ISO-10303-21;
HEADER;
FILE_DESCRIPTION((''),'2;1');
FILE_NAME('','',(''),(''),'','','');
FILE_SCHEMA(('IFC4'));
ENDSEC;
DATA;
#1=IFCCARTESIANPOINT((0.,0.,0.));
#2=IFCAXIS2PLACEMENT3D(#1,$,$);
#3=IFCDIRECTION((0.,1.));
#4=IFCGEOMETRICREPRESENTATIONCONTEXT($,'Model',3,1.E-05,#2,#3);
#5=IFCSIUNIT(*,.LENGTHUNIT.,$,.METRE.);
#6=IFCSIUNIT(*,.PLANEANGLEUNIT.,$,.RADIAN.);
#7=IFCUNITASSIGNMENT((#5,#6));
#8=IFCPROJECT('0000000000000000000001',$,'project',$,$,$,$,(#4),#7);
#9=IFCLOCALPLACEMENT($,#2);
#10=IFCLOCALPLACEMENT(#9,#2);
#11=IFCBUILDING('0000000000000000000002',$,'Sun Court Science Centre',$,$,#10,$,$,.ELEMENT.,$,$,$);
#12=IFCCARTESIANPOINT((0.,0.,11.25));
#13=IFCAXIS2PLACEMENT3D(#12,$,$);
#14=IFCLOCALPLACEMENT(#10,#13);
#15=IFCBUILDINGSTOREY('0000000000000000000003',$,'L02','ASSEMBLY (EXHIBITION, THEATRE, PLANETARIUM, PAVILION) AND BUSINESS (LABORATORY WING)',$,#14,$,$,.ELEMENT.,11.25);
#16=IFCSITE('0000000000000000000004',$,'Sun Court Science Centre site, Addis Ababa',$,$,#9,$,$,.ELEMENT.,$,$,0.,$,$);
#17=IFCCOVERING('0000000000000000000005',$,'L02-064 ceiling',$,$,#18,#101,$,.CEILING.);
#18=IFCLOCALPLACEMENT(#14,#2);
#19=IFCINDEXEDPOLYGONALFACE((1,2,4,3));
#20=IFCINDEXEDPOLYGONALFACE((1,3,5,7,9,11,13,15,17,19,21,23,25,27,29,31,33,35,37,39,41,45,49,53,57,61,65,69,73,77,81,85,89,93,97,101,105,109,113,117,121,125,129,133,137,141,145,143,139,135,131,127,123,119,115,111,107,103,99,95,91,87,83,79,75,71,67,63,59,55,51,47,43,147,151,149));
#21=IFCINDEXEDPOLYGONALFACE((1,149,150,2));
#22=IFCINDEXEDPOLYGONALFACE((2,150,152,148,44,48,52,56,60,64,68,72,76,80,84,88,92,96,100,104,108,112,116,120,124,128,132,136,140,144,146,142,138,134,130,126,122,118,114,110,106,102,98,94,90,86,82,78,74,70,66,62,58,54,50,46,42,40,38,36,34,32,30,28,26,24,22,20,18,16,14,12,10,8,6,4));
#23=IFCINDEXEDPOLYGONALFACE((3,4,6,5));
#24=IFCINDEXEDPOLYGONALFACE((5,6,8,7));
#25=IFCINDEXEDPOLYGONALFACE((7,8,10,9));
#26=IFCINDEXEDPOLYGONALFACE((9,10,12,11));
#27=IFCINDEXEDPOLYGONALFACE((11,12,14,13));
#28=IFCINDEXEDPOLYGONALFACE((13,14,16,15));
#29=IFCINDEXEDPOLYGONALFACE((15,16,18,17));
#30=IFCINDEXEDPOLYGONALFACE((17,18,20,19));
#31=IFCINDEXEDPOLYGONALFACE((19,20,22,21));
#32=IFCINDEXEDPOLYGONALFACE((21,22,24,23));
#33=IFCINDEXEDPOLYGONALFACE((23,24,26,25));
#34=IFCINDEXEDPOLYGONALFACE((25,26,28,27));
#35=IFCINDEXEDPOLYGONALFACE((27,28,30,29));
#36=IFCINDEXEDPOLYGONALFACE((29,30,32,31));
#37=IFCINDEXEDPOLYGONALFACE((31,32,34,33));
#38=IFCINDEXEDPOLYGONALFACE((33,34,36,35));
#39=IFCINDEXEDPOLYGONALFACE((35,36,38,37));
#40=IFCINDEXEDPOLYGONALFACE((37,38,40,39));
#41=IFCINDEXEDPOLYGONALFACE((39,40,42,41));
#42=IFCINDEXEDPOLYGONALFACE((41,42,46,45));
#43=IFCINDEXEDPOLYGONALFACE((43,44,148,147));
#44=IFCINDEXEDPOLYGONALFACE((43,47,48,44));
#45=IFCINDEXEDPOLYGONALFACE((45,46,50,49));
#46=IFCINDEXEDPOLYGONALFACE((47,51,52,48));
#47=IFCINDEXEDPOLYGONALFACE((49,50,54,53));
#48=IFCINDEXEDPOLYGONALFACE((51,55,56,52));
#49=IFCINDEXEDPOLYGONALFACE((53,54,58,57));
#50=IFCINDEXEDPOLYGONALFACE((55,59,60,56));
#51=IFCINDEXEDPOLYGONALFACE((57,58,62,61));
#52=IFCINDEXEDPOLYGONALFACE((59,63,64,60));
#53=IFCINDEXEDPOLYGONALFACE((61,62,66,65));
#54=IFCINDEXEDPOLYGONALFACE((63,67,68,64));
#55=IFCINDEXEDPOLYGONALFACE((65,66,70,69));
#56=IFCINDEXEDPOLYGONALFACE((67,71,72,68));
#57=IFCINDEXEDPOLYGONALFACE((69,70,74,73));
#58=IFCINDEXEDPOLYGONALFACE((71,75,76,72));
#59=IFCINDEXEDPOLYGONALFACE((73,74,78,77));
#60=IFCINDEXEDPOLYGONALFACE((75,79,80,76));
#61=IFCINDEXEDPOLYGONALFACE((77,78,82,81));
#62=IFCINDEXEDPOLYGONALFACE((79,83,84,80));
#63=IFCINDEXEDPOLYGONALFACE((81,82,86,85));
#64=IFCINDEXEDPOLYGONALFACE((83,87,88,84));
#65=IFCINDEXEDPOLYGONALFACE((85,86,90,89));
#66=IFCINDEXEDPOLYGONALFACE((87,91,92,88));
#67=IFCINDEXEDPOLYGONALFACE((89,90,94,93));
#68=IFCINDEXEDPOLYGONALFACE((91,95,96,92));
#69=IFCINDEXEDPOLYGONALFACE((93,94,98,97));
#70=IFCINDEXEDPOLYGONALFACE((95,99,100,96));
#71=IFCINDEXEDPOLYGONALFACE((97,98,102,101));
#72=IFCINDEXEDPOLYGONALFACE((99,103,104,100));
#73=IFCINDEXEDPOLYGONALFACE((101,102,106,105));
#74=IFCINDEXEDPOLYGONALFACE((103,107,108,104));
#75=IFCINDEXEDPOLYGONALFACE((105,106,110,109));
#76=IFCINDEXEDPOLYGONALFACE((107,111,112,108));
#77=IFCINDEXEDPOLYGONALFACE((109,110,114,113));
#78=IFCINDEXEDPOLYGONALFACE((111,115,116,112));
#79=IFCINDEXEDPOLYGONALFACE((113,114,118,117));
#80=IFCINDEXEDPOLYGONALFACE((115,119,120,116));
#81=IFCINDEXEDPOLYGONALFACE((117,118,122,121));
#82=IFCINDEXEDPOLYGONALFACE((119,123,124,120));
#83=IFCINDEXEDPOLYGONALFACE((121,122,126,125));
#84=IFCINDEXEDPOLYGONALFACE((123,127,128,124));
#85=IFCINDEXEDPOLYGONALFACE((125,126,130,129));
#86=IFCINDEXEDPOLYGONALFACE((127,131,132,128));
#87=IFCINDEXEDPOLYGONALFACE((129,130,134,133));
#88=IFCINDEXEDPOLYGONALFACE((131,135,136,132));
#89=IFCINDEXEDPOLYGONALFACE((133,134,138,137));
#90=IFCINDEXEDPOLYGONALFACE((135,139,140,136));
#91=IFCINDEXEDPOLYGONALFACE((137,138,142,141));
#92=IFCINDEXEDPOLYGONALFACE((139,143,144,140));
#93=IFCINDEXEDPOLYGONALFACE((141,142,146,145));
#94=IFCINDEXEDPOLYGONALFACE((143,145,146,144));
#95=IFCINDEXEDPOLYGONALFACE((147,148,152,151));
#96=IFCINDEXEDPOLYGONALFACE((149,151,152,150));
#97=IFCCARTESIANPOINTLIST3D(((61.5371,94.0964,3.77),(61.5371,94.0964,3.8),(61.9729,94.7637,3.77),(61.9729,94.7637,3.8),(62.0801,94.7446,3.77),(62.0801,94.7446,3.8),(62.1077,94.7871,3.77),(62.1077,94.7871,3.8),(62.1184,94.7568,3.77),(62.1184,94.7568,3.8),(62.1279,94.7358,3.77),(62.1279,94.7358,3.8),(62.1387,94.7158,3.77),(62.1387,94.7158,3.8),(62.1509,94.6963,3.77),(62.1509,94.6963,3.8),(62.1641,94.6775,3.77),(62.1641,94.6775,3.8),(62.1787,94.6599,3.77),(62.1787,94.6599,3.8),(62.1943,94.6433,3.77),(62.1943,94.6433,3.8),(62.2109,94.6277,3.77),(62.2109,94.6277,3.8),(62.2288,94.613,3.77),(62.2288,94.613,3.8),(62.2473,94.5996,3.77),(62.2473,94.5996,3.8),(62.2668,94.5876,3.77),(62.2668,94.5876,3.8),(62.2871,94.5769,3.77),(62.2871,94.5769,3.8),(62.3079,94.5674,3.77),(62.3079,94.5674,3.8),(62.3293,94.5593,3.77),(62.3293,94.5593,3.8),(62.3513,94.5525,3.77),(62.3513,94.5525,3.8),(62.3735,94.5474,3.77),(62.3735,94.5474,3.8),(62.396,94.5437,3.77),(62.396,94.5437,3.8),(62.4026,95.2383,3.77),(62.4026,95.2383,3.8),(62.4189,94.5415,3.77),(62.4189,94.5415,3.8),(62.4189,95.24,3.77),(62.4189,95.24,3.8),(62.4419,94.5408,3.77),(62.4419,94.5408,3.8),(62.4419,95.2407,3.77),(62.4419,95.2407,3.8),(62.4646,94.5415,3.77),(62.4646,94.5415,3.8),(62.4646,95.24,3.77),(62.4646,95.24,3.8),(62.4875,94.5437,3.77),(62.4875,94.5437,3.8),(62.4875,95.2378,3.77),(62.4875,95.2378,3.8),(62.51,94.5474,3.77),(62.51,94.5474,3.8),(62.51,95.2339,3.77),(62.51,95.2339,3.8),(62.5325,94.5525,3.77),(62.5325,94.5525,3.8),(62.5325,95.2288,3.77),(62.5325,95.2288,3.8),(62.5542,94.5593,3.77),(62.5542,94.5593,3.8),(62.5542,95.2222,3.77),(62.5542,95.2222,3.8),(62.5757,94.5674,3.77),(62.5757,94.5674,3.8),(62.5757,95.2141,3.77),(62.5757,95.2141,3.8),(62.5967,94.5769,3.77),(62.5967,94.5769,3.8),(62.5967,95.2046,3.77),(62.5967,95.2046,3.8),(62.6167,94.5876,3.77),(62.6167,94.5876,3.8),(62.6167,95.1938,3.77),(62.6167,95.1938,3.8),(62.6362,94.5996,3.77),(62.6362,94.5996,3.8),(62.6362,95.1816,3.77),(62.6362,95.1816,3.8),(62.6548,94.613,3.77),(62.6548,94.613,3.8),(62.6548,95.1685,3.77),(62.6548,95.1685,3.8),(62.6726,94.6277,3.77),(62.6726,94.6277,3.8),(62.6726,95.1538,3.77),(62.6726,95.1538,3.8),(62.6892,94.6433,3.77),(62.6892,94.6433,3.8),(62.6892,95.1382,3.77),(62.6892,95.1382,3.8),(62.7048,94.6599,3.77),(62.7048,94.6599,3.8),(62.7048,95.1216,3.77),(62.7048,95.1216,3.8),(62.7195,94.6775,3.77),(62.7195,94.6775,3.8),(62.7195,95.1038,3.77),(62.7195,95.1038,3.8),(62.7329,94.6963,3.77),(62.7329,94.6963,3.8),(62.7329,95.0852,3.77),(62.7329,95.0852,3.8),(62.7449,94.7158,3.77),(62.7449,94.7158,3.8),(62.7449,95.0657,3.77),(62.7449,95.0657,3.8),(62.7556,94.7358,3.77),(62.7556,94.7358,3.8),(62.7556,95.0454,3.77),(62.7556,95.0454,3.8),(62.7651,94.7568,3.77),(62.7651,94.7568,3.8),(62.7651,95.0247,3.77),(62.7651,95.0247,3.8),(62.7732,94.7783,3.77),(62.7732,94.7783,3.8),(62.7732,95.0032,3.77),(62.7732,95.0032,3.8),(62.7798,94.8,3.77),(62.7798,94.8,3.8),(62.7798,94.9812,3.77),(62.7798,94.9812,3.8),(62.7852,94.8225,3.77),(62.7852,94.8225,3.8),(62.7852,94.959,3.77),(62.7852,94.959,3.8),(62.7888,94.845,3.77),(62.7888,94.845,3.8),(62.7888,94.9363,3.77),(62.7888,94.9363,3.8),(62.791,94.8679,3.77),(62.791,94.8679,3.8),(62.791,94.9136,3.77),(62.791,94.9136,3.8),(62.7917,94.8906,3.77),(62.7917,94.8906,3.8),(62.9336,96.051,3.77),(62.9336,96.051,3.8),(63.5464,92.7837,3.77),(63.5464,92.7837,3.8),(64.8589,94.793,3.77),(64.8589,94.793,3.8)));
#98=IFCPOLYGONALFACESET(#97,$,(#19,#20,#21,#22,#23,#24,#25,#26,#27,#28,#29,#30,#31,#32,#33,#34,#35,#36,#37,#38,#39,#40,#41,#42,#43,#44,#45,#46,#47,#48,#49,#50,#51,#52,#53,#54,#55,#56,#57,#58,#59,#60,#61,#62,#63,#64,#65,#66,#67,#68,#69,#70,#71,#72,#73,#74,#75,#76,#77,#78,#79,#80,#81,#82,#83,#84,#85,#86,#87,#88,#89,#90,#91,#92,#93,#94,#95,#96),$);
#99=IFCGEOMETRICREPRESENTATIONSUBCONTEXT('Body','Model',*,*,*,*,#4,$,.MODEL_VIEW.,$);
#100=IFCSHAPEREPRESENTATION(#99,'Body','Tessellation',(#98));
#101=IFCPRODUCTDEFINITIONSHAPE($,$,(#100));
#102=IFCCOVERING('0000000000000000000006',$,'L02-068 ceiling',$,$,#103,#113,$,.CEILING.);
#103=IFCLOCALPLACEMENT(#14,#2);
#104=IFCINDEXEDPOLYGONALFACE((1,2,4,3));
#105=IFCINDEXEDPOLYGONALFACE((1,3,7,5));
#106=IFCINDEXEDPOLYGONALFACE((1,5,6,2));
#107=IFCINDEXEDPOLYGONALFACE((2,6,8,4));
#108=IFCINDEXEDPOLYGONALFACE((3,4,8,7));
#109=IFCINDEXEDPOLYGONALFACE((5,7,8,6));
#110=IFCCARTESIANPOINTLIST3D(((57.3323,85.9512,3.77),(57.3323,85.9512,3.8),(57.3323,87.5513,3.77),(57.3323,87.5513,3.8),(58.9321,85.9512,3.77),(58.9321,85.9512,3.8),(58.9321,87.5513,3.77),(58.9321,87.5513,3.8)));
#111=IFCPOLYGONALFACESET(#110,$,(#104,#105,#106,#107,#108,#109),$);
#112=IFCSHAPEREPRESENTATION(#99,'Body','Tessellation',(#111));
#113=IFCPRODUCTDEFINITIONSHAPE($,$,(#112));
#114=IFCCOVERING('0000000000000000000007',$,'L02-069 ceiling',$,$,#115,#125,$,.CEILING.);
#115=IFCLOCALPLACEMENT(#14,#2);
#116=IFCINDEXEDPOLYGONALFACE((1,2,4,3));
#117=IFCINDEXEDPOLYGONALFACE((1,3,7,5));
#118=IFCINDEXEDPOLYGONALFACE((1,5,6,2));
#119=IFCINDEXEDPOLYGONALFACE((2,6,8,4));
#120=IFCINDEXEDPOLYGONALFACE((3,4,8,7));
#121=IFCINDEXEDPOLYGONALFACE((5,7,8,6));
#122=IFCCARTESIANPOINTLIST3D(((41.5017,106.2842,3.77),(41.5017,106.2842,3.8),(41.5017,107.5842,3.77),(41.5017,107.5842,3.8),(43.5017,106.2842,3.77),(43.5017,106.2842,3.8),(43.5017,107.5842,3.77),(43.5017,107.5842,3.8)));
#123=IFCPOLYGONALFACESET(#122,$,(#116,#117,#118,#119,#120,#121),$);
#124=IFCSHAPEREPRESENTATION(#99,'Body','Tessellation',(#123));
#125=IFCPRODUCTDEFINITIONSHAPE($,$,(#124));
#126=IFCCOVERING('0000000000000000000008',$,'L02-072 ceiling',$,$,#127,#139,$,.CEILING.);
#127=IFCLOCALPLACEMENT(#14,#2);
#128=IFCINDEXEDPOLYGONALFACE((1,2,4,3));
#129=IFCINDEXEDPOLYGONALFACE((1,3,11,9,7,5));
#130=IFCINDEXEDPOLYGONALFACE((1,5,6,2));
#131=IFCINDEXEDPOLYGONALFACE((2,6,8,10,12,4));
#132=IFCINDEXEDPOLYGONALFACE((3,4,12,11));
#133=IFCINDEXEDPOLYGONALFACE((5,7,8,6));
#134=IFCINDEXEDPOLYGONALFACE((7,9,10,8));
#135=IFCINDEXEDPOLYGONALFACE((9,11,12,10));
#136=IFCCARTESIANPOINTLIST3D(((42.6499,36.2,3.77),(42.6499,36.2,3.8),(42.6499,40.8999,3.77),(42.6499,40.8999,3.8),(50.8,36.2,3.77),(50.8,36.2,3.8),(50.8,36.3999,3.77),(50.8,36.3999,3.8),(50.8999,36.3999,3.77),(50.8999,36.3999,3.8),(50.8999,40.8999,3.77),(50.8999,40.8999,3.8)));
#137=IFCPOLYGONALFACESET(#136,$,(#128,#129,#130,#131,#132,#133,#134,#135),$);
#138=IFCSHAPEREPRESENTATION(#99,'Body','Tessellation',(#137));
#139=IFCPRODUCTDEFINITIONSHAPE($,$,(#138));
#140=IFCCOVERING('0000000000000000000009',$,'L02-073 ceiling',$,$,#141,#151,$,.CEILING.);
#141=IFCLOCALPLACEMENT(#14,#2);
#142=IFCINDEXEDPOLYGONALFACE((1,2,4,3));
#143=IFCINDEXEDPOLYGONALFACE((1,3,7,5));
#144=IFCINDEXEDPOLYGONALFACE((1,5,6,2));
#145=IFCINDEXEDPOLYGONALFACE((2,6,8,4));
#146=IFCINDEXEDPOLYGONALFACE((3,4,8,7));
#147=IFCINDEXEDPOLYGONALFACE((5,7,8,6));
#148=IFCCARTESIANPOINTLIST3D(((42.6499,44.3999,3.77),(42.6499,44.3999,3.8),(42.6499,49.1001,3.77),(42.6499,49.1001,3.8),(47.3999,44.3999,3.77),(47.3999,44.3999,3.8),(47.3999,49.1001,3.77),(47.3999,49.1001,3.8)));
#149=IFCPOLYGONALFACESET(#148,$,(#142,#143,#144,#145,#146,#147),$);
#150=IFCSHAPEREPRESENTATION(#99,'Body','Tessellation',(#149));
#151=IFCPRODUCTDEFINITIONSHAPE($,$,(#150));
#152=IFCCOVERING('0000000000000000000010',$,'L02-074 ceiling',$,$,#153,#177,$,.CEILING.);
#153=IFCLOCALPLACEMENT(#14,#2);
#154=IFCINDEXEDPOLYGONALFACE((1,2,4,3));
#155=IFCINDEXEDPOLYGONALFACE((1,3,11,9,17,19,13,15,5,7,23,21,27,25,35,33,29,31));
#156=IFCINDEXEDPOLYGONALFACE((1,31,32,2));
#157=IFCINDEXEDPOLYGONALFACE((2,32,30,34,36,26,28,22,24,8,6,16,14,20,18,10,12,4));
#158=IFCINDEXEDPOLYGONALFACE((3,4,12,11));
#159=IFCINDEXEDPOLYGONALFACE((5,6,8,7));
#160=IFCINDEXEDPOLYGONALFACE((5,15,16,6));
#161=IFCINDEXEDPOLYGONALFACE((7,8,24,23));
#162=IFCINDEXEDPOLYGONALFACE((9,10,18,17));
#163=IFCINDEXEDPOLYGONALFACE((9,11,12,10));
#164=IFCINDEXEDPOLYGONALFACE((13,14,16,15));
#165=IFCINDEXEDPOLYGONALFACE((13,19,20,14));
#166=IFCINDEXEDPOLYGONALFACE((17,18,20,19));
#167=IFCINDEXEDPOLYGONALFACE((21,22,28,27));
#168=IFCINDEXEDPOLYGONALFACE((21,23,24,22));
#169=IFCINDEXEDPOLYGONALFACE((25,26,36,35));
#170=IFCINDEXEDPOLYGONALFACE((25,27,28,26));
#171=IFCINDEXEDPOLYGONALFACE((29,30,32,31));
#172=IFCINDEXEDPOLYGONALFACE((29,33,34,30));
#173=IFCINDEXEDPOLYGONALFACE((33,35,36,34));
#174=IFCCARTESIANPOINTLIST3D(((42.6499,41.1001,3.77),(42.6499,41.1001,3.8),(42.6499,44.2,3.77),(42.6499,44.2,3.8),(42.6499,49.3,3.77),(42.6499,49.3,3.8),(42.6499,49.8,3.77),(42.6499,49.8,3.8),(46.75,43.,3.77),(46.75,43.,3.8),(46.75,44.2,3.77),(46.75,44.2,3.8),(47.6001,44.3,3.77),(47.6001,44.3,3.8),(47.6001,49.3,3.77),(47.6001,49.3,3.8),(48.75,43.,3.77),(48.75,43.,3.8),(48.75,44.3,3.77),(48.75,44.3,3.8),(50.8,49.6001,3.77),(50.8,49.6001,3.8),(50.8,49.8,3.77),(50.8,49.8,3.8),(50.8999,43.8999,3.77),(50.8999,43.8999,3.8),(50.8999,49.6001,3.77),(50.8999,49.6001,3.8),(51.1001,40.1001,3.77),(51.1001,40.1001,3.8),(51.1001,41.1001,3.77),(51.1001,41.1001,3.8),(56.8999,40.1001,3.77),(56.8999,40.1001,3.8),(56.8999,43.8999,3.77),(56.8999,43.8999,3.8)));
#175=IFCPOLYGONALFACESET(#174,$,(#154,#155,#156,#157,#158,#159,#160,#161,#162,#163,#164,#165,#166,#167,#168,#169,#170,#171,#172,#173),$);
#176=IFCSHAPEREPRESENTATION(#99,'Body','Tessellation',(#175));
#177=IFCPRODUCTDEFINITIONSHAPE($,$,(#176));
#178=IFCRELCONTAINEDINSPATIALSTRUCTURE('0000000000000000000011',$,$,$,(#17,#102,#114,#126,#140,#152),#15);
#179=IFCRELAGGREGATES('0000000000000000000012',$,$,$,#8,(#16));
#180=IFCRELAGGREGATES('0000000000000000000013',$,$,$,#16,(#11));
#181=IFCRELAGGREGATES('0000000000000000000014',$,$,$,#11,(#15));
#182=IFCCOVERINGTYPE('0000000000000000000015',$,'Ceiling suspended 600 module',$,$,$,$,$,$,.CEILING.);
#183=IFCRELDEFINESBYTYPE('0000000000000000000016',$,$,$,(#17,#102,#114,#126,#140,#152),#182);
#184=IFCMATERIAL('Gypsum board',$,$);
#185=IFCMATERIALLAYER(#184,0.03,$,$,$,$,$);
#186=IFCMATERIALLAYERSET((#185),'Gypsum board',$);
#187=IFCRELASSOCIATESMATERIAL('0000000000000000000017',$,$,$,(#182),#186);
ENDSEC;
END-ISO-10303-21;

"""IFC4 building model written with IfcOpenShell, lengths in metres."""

from ifc_helpers import new_model, si_unit, direction, frame, origin, place, context, subcontext, project, spatial, polyline, outline, extrude, material, layer, layer_set, type_object, element, save


model = new_model("IFC4")

# Units and contexts
model_context = context("Model", 3, precision=1e-05, world=origin(), true_north=direction((0.0, 1.0)))
body_context = subcontext(model_context, "Body", "Model", "MODEL_VIEW")
ifc_project = project(units=[si_unit("LENGTHUNIT", "METRE"), si_unit("PLANEANGLEUNIT", "RADIAN")], contexts=[model_context])

# Site, building, storey
site_placement = place(None, origin())
site = spatial("IfcSite", under=ifc_project, at=site_placement, Name="Sun Court Science Centre site, Addis Ababa", CompositionType="ELEMENT", RefElevation=0.0)
building_placement = place(site_placement, origin())
building = spatial("IfcBuilding", under=site, at=building_placement, Name="Sun Court Science Centre", CompositionType="ELEMENT")
storey_placement = place(building_placement, frame((0.0, 0.0, 11.25)))
storey = spatial("IfcBuildingStorey", under=building, at=storey_placement, Name="L02", Description="ASSEMBLY (EXHIBITION, THEATRE, PLANETARIUM, PAVILION) AND BUSINESS (LABORATORY WING)", CompositionType="ELEMENT", Elevation=11.25)

# Coverings
ifc_material_1 = material(Name="Gypsum board")
ifc_layer_1 = layer(ifc_material_1, 0.03)
ifc_layer_set_1 = layer_set([ifc_layer_1], Name="Gypsum board")
covering_type_1 = type_object("IfcCoveringType", Name="Ceiling suspended 600 module", PredefinedType="CEILING", material=ifc_layer_set_1)
covering_1_placement = place(storey_placement, frame((0.0, 0.0, 3.77)))
element("IfcCovering", 1, at=covering_1_placement, inside=storey, type_object=covering_type_1, Name="L02-064 ceiling", PredefinedType="CEILING", context=body_context, shape_type="SweptSolid", body=[
    extrude(outline(polyline([(61.9729, 94.7637), (62.0801, 94.7446), (62.1077, 94.7871), (62.1184, 94.7568), (62.1279, 94.7358), (62.1387, 94.7158), (62.1509, 94.6963), (62.1641, 94.6775), (62.1787, 94.6599), (62.1943, 94.6433), (62.2109, 94.6277), (62.2288, 94.613), (62.2473, 94.5996), (62.2668, 94.5876), (62.2871, 94.5769), (62.3079, 94.5674), (62.3293, 94.5593), (62.3513, 94.5525), (62.3735, 94.5474), (62.396, 94.5437), (62.4189, 94.5415), (62.4419, 94.5408), (62.4646, 94.5415), (62.4875, 94.5437), (62.51, 94.5474), (62.5325, 94.5525), (62.5542, 94.5593), (62.5757, 94.5674), (62.5967, 94.5769), (62.6167, 94.5876), (62.6362, 94.5996), (62.6548, 94.613), (62.6726, 94.6277), (62.6892, 94.6433), (62.7048, 94.6599), (62.7195, 94.6775), (62.7329, 94.6963), (62.7449, 94.7158), (62.7556, 94.7358), (62.7651, 94.7568), (62.7732, 94.7783), (62.7798, 94.8), (62.7852, 94.8225), (62.7888, 94.845), (62.791, 94.8679), (62.7917, 94.8906), (62.791, 94.9136), (62.7888, 94.9363), (62.7852, 94.959), (62.7798, 94.9812), (62.7732, 95.0032), (62.7651, 95.0247), (62.7556, 95.0454), (62.7449, 95.0657), (62.7329, 95.0852), (62.7195, 95.1038), (62.7048, 95.1216), (62.6892, 95.1382), (62.6726, 95.1538), (62.6548, 95.1685), (62.6362, 95.1816), (62.6167, 95.1938), (62.5967, 95.2046), (62.5757, 95.2141), (62.5542, 95.2222), (62.5325, 95.2288), (62.51, 95.2339), (62.4875, 95.2378), (62.4646, 95.24), (62.4419, 95.2407), (62.4189, 95.24), (62.4026, 95.2383), (62.9336, 96.051), (64.8589, 94.793), (63.5464, 92.7837), (61.5371, 94.0964), (61.9729, 94.7637)])), origin(), (0.0, 0.0, 1.0), 0.03),
])
covering_2_placement = place(storey_placement, frame((0.0, 0.0, 3.77)))
element("IfcCovering", 2, at=covering_2_placement, inside=storey, type_object=covering_type_1, Name="L02-068 ceiling", PredefinedType="CEILING", context=body_context, shape_type="SweptSolid", body=[
    extrude(outline(polyline([(58.9321, 87.5513), (58.9321, 85.9512), (57.3323, 85.9512), (57.3323, 87.5513), (58.9321, 87.5513)])), origin(), (0.0, 0.0, 1.0), 0.03),
])
covering_3_placement = place(storey_placement, frame((0.0, 0.0, 3.77)))
element("IfcCovering", 3, at=covering_3_placement, inside=storey, type_object=covering_type_1, Name="L02-069 ceiling", PredefinedType="CEILING", context=body_context, shape_type="SweptSolid", body=[
    extrude(outline(polyline([(43.5017, 107.5842), (43.5017, 106.2842), (41.5017, 106.2842), (41.5017, 107.5842), (43.5017, 107.5842)])), origin(), (0.0, 0.0, 1.0), 0.03),
])
covering_4_placement = place(storey_placement, frame((0.0, 0.0, 3.77)))
element("IfcCovering", 4, at=covering_4_placement, inside=storey, type_object=covering_type_1, Name="L02-072 ceiling", PredefinedType="CEILING", context=body_context, shape_type="SweptSolid", body=[
    extrude(outline(polyline([(42.6499, 36.2), (42.6499, 40.8999), (50.8999, 40.8999), (50.8999, 36.3999), (50.8, 36.3999), (50.8, 36.2), (42.6499, 36.2)])), origin(), (0.0, 0.0, 1.0), 0.03),
])
covering_5_placement = place(storey_placement, frame((0.0, 0.0, 3.77)))
element("IfcCovering", 5, at=covering_5_placement, inside=storey, type_object=covering_type_1, Name="L02-073 ceiling", PredefinedType="CEILING", context=body_context, shape_type="SweptSolid", body=[
    extrude(outline(polyline([(42.6499, 49.1001), (47.3999, 49.1001), (47.3999, 44.3999), (42.6499, 44.3999), (42.6499, 49.1001)])), origin(), (0.0, 0.0, 1.0), 0.03),
])
covering_6_placement = place(storey_placement, frame((0.0, 0.0, 3.77)))
element("IfcCovering", 6, at=covering_6_placement, inside=storey, type_object=covering_type_1, Name="L02-074 ceiling", PredefinedType="CEILING", context=body_context, shape_type="SweptSolid", body=[
    extrude(outline(polyline([(46.75, 43.0), (48.75, 43.0), (48.75, 44.3), (47.6001, 44.3), (47.6001, 49.3), (42.6499, 49.3), (42.6499, 49.8), (50.8, 49.8), (50.8, 49.6001), (50.8999, 49.6001), (50.8999, 43.8999), (56.8999, 43.8999), (56.8999, 40.1001), (51.1001, 40.1001), (51.1001, 41.1001), (42.6499, 41.1001), (42.6499, 44.2), (46.75, 44.2), (46.75, 43.0)])), origin(), (0.0, 0.0, 1.0), 0.03),
])

save(model, "model.ifc")
